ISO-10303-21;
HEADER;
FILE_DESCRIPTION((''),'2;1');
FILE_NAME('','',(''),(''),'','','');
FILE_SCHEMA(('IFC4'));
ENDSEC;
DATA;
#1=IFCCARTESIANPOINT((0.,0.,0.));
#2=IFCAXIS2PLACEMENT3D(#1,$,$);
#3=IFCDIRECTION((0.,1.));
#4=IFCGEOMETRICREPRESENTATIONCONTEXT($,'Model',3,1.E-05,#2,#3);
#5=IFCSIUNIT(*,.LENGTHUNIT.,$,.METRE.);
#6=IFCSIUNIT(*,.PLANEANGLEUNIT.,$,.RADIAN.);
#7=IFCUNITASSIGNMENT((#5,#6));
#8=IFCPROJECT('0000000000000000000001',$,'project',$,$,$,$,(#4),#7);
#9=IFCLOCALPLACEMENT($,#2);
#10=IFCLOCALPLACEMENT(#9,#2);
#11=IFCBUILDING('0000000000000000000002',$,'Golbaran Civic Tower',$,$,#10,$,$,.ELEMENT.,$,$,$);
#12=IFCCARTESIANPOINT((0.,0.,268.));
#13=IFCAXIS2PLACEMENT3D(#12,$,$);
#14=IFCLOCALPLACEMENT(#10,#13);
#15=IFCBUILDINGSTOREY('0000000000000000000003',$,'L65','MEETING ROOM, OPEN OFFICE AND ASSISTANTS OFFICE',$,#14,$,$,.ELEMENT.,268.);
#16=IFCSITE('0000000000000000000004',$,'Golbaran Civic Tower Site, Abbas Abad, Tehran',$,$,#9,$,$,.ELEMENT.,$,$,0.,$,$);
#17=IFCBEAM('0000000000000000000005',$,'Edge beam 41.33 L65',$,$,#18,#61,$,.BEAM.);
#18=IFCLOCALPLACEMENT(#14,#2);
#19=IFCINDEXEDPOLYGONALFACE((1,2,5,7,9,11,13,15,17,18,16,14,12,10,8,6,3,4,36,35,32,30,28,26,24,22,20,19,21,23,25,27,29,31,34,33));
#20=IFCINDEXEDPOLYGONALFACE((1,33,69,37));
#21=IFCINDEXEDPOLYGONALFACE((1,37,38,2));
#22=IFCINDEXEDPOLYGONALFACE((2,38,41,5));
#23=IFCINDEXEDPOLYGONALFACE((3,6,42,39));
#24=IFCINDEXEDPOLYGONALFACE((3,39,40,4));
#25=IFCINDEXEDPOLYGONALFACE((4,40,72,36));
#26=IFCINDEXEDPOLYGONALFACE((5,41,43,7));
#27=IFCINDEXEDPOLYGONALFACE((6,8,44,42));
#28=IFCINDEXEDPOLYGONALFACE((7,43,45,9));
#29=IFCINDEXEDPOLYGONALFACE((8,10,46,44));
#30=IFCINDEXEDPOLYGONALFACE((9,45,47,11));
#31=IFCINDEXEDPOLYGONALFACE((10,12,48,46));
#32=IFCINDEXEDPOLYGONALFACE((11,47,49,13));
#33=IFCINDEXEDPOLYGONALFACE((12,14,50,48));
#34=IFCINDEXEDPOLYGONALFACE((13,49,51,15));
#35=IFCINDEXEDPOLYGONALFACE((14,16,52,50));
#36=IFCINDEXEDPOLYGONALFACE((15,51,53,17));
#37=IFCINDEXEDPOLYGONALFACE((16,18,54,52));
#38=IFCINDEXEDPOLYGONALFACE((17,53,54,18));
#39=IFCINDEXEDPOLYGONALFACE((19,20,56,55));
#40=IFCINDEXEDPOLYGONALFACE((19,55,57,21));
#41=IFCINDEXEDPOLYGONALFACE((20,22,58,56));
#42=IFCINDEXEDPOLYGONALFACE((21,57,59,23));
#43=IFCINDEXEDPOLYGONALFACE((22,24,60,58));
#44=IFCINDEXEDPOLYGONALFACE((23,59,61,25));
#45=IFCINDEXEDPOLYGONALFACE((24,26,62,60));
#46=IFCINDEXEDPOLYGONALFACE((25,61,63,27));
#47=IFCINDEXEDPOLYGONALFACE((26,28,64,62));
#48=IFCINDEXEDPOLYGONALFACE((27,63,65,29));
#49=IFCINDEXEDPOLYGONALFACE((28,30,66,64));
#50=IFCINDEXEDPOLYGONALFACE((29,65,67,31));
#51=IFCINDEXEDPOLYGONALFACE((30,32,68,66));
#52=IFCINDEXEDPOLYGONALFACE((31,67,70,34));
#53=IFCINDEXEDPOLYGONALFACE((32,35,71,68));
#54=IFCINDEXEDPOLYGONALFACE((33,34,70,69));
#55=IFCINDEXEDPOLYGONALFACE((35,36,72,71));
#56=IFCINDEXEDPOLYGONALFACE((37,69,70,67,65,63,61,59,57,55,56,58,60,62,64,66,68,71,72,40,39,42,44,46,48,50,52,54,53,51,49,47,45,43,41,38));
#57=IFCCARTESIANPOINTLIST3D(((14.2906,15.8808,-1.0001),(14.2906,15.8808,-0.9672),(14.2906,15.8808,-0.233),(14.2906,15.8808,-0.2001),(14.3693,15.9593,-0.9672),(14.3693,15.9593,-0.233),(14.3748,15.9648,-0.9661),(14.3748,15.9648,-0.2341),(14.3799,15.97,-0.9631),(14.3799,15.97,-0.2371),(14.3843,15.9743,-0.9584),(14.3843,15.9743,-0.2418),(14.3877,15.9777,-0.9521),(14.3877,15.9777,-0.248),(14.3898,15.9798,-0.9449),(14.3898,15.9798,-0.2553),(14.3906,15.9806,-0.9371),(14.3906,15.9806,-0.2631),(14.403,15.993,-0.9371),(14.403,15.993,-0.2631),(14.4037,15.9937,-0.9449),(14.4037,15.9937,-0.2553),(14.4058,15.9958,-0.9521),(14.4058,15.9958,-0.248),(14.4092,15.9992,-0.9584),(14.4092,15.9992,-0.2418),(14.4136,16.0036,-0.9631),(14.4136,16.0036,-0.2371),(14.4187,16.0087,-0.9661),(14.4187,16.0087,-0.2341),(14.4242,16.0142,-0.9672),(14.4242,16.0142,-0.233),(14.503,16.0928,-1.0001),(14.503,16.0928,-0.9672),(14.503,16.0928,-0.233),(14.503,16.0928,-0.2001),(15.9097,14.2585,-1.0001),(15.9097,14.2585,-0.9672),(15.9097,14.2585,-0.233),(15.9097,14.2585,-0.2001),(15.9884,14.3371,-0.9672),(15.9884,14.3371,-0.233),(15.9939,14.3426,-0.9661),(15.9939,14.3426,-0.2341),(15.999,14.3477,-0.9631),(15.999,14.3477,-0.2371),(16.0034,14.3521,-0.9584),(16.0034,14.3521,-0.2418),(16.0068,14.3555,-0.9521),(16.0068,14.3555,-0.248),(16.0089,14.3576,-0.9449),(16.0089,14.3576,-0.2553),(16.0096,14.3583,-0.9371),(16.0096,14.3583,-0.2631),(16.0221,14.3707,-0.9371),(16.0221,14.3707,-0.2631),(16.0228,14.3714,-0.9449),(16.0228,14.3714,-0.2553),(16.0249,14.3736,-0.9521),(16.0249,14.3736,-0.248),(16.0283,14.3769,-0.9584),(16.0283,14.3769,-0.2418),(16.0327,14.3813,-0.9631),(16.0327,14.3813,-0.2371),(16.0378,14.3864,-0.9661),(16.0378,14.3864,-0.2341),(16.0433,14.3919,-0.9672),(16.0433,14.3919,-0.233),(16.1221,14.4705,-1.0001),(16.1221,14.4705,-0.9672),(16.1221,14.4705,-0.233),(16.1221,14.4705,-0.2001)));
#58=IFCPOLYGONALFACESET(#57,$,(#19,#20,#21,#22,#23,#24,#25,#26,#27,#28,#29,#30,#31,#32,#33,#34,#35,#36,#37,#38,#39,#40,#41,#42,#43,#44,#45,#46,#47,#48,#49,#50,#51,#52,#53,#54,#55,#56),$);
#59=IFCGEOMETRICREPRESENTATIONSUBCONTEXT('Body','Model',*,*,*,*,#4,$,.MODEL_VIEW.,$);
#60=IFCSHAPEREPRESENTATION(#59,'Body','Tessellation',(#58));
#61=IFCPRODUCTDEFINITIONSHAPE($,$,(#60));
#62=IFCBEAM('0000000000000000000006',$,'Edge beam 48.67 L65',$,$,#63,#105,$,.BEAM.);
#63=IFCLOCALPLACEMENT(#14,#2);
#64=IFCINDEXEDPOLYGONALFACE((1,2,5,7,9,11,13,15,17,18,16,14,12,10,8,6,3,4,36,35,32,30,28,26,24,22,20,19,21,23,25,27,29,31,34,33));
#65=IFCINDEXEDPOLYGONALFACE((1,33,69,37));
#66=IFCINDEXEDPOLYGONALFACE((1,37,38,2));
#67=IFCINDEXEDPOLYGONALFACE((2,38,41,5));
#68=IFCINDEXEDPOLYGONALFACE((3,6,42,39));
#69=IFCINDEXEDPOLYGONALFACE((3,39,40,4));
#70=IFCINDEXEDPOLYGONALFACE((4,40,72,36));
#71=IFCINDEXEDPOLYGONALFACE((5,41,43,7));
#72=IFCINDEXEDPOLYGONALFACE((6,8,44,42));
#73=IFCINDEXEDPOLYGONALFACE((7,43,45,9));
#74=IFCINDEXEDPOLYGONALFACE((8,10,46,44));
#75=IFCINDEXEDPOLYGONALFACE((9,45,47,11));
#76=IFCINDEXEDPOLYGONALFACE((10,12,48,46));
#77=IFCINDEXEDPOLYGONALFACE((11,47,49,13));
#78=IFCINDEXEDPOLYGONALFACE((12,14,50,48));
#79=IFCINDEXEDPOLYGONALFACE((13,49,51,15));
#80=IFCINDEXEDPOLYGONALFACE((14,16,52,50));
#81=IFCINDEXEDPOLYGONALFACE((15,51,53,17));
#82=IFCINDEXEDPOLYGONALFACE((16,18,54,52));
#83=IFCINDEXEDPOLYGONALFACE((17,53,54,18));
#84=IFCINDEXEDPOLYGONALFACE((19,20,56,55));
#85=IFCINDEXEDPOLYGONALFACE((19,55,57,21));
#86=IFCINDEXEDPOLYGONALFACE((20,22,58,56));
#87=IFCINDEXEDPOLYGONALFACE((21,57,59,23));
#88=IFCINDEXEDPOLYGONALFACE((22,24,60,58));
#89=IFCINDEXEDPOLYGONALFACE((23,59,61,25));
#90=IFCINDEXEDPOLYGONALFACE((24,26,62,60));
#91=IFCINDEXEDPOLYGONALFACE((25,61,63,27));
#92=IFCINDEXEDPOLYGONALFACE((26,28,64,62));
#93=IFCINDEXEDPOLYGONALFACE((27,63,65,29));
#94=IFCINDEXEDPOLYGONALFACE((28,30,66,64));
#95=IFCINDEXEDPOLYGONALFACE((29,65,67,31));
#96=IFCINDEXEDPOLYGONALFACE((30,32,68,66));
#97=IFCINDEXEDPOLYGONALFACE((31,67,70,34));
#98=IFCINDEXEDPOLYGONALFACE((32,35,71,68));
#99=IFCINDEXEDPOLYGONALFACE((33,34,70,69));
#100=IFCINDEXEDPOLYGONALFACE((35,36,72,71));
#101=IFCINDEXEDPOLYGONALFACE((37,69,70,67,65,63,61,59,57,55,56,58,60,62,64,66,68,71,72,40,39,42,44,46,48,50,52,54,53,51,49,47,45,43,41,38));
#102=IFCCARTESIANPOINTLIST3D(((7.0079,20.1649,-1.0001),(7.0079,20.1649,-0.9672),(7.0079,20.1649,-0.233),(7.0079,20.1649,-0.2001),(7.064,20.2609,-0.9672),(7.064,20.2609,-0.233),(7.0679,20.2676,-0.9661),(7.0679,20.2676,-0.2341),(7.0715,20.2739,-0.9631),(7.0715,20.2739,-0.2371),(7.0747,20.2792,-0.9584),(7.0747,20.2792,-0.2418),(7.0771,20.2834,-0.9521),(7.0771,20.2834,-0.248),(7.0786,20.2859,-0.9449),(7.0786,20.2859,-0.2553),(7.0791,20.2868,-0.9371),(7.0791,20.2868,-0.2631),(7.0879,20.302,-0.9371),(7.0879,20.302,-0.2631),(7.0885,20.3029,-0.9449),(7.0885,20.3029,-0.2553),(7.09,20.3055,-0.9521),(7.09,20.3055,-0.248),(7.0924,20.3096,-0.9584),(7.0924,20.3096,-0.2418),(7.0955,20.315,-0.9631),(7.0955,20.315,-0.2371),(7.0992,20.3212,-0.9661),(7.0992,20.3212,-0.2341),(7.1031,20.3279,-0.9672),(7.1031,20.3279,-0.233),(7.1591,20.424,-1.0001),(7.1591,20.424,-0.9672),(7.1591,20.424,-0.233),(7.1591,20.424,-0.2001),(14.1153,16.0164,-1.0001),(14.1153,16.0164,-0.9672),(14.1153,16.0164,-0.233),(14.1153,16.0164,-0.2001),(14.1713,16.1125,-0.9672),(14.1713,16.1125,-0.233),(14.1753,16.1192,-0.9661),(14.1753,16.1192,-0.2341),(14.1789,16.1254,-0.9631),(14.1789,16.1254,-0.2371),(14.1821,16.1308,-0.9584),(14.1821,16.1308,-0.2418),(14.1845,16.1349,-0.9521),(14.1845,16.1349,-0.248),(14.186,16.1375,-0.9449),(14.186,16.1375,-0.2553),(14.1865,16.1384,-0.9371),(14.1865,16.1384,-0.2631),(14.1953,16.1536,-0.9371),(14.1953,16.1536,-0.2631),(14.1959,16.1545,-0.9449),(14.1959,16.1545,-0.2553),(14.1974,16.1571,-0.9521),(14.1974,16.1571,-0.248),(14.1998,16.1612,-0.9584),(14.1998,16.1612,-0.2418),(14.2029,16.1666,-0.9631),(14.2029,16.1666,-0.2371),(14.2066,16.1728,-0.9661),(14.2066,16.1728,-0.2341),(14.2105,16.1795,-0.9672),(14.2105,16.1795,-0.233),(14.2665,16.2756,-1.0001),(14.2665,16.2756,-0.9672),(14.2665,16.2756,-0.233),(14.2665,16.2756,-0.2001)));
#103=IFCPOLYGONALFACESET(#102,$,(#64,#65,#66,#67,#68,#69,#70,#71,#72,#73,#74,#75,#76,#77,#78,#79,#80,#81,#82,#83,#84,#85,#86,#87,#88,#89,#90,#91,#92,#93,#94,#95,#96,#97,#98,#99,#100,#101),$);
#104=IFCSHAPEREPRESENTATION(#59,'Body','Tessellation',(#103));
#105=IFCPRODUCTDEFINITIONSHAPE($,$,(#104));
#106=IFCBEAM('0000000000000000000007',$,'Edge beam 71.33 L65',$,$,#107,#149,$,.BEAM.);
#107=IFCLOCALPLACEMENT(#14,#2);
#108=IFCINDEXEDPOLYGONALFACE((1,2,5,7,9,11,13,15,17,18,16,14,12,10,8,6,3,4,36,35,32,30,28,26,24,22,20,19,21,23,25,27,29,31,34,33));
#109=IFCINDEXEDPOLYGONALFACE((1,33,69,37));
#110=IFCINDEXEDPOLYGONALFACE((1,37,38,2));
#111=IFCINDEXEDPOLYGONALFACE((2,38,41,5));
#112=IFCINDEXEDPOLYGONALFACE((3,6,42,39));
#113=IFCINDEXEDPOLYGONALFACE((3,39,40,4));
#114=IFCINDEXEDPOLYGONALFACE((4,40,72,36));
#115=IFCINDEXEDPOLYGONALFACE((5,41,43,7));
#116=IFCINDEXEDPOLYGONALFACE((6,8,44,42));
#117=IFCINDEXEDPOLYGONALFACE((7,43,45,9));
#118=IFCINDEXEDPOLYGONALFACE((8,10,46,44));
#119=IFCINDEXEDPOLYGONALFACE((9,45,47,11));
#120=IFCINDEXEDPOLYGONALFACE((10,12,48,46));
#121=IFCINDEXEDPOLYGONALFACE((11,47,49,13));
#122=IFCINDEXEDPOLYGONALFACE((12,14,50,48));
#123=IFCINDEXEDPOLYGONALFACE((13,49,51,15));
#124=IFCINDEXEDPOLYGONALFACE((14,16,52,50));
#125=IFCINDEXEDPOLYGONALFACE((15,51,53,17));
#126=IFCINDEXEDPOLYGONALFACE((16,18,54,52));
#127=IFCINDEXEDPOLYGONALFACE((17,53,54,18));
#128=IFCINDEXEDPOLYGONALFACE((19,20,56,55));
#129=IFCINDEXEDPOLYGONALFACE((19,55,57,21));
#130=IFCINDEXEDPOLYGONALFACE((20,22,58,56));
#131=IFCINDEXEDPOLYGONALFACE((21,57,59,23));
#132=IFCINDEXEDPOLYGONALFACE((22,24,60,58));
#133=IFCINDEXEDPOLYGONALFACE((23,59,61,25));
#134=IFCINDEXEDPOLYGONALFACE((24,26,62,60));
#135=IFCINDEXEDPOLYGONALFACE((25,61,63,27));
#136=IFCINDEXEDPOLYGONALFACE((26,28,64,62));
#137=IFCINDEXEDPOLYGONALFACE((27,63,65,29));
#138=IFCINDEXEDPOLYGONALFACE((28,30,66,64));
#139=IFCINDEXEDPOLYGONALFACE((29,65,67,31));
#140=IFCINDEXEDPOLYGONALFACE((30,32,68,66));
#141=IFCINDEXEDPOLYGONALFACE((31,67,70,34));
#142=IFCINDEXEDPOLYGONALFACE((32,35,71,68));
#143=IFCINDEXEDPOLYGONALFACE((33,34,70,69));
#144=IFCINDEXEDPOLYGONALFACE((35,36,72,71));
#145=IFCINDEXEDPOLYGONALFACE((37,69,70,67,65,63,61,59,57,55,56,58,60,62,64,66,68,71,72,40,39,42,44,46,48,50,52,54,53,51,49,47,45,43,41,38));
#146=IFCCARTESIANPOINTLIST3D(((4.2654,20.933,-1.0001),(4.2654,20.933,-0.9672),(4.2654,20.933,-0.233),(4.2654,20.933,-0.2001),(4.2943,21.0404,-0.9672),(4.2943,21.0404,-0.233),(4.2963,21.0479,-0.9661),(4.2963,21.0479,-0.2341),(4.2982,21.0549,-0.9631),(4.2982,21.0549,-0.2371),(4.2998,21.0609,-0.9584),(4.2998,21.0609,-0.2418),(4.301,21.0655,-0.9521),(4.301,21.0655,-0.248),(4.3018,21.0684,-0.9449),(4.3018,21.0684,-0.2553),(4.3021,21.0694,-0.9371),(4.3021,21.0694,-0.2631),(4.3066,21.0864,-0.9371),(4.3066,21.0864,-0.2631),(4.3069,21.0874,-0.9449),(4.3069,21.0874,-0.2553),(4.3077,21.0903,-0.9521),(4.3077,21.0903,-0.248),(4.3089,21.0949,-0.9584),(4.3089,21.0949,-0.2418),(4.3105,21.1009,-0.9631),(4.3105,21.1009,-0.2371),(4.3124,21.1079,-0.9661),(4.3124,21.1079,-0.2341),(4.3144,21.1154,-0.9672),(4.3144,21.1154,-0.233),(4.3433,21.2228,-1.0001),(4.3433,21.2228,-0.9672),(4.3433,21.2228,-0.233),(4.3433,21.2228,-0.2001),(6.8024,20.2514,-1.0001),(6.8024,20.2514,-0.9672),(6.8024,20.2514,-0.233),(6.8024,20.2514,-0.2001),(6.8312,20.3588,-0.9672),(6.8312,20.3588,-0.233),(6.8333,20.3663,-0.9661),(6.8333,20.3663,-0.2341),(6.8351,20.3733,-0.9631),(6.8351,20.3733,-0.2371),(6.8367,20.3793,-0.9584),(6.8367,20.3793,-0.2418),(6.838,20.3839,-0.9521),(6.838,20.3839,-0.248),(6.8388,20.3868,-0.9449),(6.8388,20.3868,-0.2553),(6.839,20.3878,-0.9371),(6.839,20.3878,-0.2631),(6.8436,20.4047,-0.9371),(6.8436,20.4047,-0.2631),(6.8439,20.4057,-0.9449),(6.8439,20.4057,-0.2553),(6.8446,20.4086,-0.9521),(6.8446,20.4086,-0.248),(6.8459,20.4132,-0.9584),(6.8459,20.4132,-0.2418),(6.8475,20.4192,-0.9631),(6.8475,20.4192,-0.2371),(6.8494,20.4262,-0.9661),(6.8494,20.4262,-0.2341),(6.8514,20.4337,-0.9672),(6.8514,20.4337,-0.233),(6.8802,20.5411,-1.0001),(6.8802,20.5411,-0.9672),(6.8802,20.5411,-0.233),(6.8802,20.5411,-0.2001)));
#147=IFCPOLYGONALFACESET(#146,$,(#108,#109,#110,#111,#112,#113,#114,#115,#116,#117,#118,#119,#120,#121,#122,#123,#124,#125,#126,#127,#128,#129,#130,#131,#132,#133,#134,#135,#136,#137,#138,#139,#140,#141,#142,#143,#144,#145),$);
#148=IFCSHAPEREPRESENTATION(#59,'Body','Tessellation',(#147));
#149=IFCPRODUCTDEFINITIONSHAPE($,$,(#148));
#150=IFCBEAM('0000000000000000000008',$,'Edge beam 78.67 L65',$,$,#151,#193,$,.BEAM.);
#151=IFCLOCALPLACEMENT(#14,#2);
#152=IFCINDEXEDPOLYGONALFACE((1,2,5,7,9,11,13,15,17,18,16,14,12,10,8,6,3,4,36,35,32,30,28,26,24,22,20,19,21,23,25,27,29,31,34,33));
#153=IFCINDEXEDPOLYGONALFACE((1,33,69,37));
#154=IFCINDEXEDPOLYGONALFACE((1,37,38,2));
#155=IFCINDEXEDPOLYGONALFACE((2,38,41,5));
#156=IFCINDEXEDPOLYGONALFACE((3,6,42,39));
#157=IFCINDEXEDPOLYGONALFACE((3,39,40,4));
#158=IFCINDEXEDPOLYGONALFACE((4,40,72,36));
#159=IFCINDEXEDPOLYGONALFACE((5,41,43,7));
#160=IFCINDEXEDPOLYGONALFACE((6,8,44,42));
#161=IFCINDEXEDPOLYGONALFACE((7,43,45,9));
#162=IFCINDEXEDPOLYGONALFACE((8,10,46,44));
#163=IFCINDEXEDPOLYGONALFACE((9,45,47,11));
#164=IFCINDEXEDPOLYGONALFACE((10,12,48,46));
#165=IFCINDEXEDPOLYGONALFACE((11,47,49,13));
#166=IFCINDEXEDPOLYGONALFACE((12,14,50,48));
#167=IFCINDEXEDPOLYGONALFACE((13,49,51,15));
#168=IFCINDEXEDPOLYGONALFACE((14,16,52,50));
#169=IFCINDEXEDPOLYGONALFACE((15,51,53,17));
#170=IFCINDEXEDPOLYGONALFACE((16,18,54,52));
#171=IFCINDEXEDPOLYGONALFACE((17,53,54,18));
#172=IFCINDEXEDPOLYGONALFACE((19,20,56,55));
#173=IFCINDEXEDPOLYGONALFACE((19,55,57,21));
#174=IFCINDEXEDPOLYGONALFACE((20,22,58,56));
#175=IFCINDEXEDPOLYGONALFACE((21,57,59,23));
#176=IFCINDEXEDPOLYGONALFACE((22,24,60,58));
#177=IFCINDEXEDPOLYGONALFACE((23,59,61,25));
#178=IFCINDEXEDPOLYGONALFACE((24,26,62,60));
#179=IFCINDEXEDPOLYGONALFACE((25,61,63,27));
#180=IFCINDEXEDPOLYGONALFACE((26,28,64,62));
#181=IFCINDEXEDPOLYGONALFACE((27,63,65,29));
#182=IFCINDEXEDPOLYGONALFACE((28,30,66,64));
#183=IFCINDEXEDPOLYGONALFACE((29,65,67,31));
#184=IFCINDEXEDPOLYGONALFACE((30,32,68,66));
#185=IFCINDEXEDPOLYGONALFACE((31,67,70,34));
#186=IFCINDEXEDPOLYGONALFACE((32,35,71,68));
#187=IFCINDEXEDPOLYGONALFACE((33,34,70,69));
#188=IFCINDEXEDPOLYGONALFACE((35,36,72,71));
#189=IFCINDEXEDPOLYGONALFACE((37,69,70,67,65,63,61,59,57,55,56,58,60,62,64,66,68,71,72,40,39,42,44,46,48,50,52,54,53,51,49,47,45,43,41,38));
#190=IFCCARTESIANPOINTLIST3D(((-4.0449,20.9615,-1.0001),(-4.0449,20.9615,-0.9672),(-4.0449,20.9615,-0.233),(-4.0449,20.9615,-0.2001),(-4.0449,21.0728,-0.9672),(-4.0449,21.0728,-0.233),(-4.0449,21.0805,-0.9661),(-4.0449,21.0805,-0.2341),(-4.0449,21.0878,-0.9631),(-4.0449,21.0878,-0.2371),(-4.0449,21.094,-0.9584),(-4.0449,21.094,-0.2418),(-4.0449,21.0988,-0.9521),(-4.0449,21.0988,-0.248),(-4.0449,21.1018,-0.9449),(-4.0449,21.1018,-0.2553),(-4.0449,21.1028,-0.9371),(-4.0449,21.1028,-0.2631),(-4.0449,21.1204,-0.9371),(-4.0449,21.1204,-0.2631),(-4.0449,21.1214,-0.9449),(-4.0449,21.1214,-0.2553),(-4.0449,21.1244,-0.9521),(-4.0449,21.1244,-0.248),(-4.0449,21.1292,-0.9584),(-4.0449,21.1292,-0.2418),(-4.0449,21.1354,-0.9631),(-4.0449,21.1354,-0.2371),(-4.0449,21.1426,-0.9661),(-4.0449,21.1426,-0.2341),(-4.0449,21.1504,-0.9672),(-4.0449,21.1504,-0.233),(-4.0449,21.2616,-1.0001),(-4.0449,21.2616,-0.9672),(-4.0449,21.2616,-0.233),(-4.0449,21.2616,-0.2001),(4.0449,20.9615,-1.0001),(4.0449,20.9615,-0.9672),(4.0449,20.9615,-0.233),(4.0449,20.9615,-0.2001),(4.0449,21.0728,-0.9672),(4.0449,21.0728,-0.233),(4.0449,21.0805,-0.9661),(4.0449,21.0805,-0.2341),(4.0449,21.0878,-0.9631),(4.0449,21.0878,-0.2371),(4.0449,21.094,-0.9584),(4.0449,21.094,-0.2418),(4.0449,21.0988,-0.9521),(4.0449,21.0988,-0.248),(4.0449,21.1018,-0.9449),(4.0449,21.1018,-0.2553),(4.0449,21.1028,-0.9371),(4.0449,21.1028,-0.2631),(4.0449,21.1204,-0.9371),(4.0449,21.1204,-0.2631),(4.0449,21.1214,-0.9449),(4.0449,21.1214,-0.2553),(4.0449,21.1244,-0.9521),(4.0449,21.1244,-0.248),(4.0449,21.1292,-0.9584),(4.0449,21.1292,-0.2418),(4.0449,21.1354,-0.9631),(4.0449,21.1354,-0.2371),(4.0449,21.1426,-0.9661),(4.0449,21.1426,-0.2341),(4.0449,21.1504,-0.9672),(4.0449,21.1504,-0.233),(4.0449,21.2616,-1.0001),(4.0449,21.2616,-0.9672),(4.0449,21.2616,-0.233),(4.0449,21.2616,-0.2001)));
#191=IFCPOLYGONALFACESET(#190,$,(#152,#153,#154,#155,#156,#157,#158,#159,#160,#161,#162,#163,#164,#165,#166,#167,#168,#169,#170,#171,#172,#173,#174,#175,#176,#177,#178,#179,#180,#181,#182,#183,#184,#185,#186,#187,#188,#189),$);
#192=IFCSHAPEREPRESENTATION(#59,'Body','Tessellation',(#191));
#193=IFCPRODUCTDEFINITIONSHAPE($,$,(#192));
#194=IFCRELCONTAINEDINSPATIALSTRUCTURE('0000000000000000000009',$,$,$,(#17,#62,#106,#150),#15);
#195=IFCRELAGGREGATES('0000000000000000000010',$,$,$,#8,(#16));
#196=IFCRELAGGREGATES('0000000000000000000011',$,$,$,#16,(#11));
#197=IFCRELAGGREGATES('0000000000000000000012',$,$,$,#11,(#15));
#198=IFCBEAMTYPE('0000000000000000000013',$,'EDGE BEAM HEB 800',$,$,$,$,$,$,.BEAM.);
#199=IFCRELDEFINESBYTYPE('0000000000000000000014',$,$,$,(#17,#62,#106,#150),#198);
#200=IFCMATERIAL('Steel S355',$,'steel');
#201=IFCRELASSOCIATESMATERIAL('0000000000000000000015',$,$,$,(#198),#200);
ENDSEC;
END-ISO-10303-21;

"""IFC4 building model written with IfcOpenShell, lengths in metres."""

from ifc_helpers import new_model, si_unit, direction, frame, origin, origin_2d, place, context, subcontext, project, spatial, i_section, extrude, material, material_profile, profile_set, type_object, element, save


model = new_model("IFC4")

# Units and contexts
model_context = context("Model", 3, precision=1e-05, world=origin(), true_north=direction((0.0, 1.0)))
body_context = subcontext(model_context, "Body", "Model", "MODEL_VIEW")
ifc_project = project(units=[si_unit("LENGTHUNIT", "METRE"), si_unit("PLANEANGLEUNIT", "RADIAN")], contexts=[model_context])

# Site, building, storey
site_placement = place(None, origin())
site = spatial("IfcSite", under=ifc_project, at=site_placement, Name="Golbaran Civic Tower Site, Abbas Abad, Tehran", CompositionType="ELEMENT", RefElevation=0.0)
building_placement = place(site_placement, origin())
building = spatial("IfcBuilding", under=site, at=building_placement, Name="Golbaran Civic Tower", CompositionType="ELEMENT")
storey_placement = place(building_placement, frame((0.0, 0.0, 268.0)))
storey = spatial("IfcBuildingStorey", under=building, at=storey_placement, Name="L65", Description="MEETING ROOM, OPEN OFFICE AND ASSISTANTS OFFICE", CompositionType="ELEMENT", Elevation=268.0)

# Beams
ifc_material_1 = material(Name="Steel S355", Category="steel")
ifc_material_profile_1 = material_profile(ifc_material_1, i_section(OverallWidth=0.3, OverallDepth=0.8, WebThickness=0.0176, FlangeThickness=0.033, FilletRadius=0.03, at=origin_2d()), Name="HEB 800")
ifc_profile_set_1 = profile_set([ifc_material_profile_1], Name="Steel S355")
beam_type_1 = type_object("IfcBeamType", Name="EDGE BEAM HEB 800", PredefinedType="BEAM", material=ifc_profile_set_1)
beam_1_placement = place(storey_placement, frame((16.0159, 14.3645, -0.6001), z_axis=(-0.706414, 0.707799, 0.0), x_axis=(-0.707799, -0.706414, 0.0)))
element("IfcBeam", 1, at=beam_1_placement, inside=storey, type_object=beam_type_1, Name="Edge beam 41.33 L65", PredefinedType="BEAM", context=body_context, shape_type="SweptSolid", body=[
    extrude(i_section(OverallWidth=0.3, OverallDepth=0.8, WebThickness=0.0176, FlangeThickness=0.033, FilletRadius=0.03, at=origin_2d()), origin(), (0.0, 0.0, 1.0), 2.292),
])
beam_2_placement = place(storey_placement, frame((14.1909, 16.146, -0.6001), z_axis=(-0.86365, 0.504092, 0.0), x_axis=(-0.504092, -0.86365, 0.0)))
element("IfcBeam", 2, at=beam_2_placement, inside=storey, type_object=beam_type_1, Name="Edge beam 48.67 L65", PredefinedType="BEAM", context=body_context, shape_type="SweptSolid", body=[
    extrude(i_section(OverallWidth=0.3, OverallDepth=0.8, WebThickness=0.0176, FlangeThickness=0.033, FilletRadius=0.03, at=origin_2d()), origin(), (0.0, 0.0, 1.0), 8.2295),
])
beam_3_placement = place(storey_placement, frame((6.8413, 20.3962, -0.6001), z_axis=(-0.965746, 0.25949, 0.0), x_axis=(-0.25949, -0.965746, 0.0)))
element("IfcBeam", 3, at=beam_3_placement, inside=storey, type_object=beam_type_1, Name="Edge beam 71.33 L65", PredefinedType="BEAM", context=body_context, shape_type="SweptSolid", body=[
    extrude(i_section(OverallWidth=0.3, OverallDepth=0.8, WebThickness=0.0176, FlangeThickness=0.033, FilletRadius=0.03, at=origin_2d()), origin(), (0.0, 0.0, 1.0), 2.627),
])
beam_4_placement = place(storey_placement, frame((4.0449, 21.1116, -0.6001), z_axis=(-1.0, 0.0, 0.0), x_axis=(0.0, -1.0, 0.0)))
element("IfcBeam", 4, at=beam_4_placement, inside=storey, type_object=beam_type_1, Name="Edge beam 78.67 L65", PredefinedType="BEAM", context=body_context, shape_type="SweptSolid", body=[
    extrude(i_section(OverallWidth=0.3, OverallDepth=0.8, WebThickness=0.0176, FlangeThickness=0.033, FilletRadius=0.03, at=origin_2d()), origin(), (0.0, 0.0, 1.0), 8.0898),
])

save(model, "model.ifc")
